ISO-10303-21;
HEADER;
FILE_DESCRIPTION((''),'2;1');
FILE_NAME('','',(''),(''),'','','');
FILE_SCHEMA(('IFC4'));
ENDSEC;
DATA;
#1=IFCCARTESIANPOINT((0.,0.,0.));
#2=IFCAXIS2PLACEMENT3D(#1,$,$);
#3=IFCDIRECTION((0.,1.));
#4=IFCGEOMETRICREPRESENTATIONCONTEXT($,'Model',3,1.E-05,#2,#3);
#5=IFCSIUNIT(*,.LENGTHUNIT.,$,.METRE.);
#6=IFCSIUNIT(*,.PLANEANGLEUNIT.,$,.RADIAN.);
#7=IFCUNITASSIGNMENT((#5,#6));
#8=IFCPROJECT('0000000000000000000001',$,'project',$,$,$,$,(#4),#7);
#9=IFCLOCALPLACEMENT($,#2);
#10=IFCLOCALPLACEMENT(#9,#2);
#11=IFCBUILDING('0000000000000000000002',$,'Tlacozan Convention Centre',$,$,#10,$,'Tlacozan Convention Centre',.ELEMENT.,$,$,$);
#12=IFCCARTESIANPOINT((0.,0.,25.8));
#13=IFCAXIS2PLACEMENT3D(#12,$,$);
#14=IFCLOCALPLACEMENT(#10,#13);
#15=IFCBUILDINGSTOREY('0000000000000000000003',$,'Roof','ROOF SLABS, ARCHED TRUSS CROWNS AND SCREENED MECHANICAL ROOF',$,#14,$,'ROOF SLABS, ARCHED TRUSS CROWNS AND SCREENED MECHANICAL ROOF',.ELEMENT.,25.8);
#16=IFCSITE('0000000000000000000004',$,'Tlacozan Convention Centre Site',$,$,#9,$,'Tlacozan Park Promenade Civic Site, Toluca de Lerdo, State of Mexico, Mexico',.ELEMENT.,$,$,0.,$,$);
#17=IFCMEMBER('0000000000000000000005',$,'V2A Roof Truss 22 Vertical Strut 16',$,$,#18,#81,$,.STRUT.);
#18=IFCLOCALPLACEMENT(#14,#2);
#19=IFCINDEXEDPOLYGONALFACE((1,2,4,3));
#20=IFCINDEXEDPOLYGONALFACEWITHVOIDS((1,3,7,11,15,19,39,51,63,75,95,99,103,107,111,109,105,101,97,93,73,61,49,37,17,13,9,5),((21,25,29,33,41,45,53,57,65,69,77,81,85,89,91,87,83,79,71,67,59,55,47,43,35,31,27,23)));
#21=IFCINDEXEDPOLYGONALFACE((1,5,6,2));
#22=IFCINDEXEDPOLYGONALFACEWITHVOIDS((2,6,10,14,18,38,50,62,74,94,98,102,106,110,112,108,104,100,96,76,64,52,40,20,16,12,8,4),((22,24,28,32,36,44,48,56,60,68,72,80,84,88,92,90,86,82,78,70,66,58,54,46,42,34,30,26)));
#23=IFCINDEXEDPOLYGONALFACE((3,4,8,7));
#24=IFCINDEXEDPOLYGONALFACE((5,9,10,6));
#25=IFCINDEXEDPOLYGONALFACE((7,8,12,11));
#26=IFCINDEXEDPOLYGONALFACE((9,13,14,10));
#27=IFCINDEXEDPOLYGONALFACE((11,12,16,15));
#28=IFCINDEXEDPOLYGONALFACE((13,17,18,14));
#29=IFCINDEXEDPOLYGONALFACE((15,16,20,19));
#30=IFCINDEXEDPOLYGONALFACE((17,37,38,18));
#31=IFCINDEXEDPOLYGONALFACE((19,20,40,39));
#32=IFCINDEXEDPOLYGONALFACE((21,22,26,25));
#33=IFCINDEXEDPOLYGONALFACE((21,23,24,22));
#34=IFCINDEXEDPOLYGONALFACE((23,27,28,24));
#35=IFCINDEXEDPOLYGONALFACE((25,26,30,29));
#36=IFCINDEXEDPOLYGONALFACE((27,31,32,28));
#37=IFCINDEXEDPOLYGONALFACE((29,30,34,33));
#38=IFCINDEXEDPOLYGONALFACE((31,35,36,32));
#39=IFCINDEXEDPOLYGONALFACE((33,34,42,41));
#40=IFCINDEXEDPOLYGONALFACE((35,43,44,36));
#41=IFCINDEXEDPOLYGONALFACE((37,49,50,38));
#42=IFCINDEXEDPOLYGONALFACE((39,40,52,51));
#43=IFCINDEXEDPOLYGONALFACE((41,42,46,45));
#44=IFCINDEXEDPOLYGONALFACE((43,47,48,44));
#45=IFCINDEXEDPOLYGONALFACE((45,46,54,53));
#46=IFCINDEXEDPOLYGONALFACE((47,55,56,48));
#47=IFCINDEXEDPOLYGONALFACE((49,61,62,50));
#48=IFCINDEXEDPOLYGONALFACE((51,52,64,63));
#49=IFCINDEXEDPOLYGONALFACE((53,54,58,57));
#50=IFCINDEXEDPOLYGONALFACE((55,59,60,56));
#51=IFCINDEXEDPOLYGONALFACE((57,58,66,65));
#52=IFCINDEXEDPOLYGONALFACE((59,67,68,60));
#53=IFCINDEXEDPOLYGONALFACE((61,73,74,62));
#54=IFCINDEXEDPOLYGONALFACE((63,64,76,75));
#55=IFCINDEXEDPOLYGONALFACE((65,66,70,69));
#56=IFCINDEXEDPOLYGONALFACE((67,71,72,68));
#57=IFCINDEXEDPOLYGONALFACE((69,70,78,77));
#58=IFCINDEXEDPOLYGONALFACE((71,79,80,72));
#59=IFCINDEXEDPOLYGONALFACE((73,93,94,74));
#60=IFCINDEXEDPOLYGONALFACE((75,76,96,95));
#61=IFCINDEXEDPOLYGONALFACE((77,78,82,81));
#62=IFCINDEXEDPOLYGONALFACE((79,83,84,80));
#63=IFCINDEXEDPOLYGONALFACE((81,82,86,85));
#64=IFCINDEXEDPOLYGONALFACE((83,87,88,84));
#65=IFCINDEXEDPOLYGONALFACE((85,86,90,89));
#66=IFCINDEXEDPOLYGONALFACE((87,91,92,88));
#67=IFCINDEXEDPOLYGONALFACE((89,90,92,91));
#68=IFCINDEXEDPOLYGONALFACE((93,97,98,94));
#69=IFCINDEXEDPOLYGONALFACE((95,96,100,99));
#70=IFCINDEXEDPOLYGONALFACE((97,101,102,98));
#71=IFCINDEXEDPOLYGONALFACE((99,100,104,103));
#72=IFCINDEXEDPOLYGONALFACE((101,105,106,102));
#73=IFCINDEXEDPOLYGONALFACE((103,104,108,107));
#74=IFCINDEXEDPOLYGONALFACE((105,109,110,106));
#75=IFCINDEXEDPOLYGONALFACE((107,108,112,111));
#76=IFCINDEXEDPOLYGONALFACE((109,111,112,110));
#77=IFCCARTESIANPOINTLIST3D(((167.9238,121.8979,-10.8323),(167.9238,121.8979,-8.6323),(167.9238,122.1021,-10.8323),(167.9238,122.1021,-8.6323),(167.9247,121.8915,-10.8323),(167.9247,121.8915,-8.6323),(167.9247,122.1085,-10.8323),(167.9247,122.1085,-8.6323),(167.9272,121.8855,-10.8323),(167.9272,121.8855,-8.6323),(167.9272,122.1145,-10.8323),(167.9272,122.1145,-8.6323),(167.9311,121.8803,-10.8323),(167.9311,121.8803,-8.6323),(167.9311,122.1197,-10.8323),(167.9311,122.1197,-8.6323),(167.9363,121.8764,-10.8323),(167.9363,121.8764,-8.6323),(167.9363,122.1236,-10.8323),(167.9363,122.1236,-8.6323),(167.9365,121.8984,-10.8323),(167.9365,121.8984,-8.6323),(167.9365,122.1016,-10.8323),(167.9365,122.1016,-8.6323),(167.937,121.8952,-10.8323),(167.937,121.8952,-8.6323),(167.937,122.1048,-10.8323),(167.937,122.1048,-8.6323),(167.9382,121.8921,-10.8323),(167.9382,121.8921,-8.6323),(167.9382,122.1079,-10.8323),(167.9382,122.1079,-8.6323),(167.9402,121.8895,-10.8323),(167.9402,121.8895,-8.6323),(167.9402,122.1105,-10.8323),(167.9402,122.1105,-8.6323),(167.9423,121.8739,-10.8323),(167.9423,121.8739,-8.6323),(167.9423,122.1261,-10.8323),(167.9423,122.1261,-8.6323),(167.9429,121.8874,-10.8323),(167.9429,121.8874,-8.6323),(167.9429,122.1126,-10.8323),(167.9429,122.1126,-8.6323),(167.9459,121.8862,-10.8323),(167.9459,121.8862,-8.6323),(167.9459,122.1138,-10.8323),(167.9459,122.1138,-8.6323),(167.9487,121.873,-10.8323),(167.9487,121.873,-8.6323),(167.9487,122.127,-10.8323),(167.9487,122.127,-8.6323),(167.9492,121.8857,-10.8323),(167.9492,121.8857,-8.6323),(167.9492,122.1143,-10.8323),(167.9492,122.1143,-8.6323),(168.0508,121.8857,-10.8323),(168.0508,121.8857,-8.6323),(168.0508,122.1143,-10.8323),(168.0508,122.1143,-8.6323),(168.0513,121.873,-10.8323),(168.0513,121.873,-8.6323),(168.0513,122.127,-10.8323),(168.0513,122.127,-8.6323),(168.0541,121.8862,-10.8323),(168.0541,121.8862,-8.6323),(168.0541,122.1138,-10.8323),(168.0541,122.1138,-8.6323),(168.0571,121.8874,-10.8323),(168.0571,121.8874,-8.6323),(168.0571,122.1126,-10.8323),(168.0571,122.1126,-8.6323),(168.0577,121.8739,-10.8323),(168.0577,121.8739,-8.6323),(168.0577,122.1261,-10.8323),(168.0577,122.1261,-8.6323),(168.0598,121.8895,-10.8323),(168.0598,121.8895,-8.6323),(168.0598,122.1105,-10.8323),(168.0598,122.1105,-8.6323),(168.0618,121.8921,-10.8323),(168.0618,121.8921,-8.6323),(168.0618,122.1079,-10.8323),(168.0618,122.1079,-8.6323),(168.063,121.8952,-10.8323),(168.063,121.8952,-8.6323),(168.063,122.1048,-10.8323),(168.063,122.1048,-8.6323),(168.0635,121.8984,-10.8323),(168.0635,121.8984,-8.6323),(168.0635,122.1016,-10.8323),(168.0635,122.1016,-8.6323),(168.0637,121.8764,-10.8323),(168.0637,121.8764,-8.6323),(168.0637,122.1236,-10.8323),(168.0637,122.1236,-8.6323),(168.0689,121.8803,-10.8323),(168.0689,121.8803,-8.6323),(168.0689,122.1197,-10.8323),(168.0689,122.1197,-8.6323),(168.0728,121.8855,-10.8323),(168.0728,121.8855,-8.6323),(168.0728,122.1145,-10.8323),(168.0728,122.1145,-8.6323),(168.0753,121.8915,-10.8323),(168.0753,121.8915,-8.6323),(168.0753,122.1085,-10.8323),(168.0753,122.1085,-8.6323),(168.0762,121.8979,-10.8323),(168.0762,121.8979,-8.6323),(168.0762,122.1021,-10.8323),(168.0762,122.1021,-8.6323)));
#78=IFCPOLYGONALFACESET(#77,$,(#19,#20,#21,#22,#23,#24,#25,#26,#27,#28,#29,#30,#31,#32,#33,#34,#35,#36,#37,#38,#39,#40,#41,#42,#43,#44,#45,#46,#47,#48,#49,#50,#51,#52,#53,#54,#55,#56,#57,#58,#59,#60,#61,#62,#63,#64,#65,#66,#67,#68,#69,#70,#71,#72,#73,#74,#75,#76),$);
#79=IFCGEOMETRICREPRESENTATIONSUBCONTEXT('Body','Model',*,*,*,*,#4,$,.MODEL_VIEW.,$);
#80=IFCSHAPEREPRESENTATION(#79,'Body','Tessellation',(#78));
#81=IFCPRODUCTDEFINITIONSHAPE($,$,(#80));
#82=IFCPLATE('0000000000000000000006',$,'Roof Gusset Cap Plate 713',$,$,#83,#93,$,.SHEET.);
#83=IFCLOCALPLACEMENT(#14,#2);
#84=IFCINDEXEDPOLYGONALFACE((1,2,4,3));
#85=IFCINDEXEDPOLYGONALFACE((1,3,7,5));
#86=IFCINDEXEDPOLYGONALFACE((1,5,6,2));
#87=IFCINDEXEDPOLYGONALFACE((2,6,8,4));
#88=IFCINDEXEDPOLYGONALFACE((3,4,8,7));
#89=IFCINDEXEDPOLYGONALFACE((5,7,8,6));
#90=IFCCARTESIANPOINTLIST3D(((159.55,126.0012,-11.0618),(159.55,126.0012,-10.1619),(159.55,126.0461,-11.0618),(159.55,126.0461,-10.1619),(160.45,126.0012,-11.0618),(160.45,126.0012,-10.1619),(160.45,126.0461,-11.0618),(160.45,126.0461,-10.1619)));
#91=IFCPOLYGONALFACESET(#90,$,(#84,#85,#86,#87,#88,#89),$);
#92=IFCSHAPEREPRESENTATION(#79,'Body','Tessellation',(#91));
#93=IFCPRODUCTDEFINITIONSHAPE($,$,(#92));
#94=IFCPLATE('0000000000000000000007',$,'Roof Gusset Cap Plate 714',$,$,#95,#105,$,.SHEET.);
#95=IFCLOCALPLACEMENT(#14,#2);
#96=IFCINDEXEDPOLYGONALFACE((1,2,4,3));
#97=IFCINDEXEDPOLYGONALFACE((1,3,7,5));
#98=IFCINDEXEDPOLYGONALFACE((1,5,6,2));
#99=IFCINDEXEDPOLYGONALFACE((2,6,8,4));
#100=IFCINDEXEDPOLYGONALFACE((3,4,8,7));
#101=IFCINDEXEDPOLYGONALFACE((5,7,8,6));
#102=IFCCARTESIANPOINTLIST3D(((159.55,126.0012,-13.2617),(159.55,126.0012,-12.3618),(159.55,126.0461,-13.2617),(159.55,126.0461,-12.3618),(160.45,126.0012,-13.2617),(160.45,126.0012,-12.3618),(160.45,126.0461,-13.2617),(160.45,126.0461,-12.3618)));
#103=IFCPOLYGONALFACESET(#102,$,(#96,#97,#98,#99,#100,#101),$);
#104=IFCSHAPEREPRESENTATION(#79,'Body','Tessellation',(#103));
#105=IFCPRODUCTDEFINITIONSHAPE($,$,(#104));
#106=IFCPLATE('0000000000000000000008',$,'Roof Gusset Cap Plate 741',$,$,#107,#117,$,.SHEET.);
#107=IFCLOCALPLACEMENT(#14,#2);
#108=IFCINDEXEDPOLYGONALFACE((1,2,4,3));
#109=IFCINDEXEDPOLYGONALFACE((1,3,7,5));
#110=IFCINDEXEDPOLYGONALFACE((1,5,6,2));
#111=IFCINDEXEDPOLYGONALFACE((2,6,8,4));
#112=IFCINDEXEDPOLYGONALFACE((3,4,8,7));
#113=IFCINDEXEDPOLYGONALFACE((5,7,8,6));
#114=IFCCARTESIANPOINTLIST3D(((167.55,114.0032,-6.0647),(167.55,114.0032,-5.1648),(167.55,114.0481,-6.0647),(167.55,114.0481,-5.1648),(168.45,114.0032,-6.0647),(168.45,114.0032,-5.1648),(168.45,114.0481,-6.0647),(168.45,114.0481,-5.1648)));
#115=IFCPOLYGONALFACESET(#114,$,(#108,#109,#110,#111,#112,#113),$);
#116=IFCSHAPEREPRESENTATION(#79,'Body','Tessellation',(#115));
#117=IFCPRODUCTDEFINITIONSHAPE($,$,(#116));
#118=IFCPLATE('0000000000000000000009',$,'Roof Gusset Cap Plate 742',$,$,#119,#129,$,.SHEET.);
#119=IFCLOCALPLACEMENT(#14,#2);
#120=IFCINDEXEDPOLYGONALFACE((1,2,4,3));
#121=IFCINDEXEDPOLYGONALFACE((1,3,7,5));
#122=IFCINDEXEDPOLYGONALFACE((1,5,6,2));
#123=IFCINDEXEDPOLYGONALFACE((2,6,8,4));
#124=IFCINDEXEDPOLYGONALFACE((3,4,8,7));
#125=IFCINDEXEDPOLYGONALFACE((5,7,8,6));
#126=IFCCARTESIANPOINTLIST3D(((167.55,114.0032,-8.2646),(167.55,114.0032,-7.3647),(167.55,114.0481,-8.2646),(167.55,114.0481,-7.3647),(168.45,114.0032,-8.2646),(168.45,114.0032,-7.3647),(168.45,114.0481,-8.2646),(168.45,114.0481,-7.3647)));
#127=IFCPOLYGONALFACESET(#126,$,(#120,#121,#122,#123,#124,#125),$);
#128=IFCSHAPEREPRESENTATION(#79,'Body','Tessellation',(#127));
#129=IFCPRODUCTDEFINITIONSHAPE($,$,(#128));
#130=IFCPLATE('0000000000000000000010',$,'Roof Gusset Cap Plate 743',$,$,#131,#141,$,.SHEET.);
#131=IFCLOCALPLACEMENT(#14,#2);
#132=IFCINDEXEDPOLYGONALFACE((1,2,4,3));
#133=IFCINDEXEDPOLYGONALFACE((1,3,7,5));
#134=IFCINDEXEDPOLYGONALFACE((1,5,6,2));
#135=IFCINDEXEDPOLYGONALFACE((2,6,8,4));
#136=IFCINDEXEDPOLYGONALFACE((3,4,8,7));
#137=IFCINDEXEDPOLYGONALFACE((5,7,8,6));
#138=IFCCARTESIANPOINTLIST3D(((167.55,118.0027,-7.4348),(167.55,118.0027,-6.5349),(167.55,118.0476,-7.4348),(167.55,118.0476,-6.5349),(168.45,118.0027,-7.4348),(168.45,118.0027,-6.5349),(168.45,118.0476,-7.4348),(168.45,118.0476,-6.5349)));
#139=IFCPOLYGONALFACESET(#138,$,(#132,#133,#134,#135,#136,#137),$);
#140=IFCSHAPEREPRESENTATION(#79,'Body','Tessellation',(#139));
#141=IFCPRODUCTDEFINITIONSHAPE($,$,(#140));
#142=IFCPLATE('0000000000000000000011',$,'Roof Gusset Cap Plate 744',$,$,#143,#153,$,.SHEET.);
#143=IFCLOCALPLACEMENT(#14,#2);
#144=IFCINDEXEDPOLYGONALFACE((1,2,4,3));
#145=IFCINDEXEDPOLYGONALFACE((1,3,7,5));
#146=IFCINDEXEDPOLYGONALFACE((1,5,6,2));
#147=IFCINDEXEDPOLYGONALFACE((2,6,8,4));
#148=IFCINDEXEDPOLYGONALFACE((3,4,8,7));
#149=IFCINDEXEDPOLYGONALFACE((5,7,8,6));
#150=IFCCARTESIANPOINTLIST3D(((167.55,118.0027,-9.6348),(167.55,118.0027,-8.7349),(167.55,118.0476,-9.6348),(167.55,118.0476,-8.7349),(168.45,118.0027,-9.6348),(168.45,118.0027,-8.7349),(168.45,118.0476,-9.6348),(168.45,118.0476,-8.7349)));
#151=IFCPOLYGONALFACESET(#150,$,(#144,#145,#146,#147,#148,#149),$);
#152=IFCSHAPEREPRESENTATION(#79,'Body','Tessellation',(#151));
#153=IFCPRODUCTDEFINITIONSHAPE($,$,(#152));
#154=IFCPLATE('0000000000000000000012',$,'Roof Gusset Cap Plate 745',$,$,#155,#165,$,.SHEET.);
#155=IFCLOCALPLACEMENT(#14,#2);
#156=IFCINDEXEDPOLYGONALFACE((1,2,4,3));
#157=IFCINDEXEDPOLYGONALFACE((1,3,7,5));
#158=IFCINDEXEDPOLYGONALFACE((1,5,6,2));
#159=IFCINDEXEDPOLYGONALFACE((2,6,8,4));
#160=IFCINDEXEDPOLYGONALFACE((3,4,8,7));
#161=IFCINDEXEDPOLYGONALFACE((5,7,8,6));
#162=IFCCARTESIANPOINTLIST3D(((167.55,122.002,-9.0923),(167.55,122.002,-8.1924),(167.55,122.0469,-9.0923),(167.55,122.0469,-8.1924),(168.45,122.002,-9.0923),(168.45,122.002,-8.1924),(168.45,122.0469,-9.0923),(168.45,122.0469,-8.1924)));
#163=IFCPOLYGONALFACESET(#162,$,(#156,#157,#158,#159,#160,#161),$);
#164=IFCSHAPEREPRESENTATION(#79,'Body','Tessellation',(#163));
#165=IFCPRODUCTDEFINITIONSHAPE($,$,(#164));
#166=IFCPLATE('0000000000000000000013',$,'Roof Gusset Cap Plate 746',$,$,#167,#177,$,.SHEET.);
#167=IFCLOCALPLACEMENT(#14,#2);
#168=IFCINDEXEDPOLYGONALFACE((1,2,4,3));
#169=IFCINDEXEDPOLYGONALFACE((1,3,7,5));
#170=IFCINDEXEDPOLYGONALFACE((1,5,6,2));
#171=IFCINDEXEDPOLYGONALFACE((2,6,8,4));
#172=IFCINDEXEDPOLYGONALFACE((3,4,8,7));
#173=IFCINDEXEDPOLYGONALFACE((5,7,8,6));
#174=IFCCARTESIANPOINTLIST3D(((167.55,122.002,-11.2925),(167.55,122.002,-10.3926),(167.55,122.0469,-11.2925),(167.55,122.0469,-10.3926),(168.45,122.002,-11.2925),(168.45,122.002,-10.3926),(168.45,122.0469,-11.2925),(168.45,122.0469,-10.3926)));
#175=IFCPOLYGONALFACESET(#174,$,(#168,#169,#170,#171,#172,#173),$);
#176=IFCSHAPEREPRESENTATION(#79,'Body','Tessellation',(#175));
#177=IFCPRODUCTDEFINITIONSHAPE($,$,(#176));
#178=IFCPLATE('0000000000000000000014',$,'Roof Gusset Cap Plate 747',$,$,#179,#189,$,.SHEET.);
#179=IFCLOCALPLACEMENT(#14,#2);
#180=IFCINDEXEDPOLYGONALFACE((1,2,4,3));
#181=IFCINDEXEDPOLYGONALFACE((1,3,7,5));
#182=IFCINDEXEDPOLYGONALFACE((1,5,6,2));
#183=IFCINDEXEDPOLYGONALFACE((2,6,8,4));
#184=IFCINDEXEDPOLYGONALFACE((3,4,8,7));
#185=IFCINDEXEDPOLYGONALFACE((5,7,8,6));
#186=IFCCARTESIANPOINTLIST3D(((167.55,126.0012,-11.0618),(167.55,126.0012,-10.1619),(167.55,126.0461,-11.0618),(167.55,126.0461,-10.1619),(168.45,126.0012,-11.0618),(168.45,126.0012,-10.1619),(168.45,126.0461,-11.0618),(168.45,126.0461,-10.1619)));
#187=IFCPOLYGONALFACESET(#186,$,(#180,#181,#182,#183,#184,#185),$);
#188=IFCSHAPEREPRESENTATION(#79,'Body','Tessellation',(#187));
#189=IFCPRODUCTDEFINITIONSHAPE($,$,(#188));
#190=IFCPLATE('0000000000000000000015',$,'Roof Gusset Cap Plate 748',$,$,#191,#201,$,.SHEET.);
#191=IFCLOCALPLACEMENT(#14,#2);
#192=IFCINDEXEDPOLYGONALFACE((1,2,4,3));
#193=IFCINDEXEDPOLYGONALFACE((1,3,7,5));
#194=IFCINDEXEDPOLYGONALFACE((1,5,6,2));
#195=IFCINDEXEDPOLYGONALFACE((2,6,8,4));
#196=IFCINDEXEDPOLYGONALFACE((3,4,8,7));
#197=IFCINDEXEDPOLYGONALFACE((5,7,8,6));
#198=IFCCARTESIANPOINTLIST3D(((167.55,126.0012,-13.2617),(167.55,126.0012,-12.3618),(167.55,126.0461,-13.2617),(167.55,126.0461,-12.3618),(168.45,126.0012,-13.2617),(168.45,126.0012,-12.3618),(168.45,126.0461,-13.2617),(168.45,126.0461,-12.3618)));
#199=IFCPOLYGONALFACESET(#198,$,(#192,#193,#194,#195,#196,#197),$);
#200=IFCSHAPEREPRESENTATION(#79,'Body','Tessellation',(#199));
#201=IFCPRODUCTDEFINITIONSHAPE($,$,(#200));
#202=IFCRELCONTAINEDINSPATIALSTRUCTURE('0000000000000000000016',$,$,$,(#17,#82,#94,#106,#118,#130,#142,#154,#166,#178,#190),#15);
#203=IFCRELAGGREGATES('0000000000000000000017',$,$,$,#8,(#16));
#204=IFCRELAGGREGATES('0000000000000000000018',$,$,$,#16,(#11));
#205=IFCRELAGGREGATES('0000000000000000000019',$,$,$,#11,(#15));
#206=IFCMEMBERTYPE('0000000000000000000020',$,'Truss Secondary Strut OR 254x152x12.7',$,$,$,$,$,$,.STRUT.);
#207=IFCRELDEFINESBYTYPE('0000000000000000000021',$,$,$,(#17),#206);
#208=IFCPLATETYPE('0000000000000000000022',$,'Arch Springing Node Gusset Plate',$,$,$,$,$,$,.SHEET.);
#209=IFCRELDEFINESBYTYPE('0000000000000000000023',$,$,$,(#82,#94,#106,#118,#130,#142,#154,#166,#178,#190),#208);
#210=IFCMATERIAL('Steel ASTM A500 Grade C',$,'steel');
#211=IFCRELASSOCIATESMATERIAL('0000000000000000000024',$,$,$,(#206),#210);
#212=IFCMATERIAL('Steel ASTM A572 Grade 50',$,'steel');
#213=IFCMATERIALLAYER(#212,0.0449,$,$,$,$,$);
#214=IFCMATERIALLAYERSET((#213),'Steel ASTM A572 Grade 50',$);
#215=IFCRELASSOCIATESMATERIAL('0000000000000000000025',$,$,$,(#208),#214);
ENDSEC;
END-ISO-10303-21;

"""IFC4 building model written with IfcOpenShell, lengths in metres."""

from ifc_helpers import new_model, si_unit, direction, frame, origin, origin_2d, place, context, subcontext, project, spatial, rectangle, hollow_rectangle, extrude, material, layer, layer_set, material_profile, profile_set, type_object, element, save


model = new_model("IFC4")

# Units and contexts
model_context = context("Model", 3, precision=1e-05, world=origin(), true_north=direction((0.0, 1.0)))
body_context = subcontext(model_context, "Body", "Model", "MODEL_VIEW")
ifc_project = project(units=[si_unit("LENGTHUNIT", "METRE"), si_unit("PLANEANGLEUNIT", "RADIAN")], contexts=[model_context])

# Site, building, storey
site_placement = place(None, origin())
site = spatial("IfcSite", under=ifc_project, at=site_placement, Name="Tlacozan Convention Centre Site", LongName="Tlacozan Park Promenade Civic Site, Toluca de Lerdo, State of Mexico, Mexico", CompositionType="ELEMENT", RefElevation=0.0)
building_placement = place(site_placement, origin())
building = spatial("IfcBuilding", under=site, at=building_placement, Name="Tlacozan Convention Centre", LongName="Tlacozan Convention Centre", CompositionType="ELEMENT")
storey_placement = place(building_placement, frame((0.0, 0.0, 25.8)))
storey = spatial("IfcBuildingStorey", under=building, at=storey_placement, Name="Roof", Description="ROOF SLABS, ARCHED TRUSS CROWNS AND SCREENED MECHANICAL ROOF", LongName="ROOF SLABS, ARCHED TRUSS CROWNS AND SCREENED MECHANICAL ROOF", CompositionType="ELEMENT", Elevation=25.8)

# Member
ifc_material_1 = material(Name="Steel ASTM A500 Grade C", Category="steel")
ifc_material_profile_1 = material_profile(ifc_material_1, hollow_rectangle(XDim=0.1523, YDim=0.2539, WallThickness=0.0127, InnerFilletRadius=0.0127, OuterFilletRadius=0.0249, at=origin_2d()), Name="OR 254x152x12.7")
ifc_profile_set_1 = profile_set([ifc_material_profile_1], Name="Steel ASTM A500 Grade C")
member_type_1 = type_object("IfcMemberType", Name="Truss Secondary Strut OR 254x152x12.7", PredefinedType="STRUT", material=ifc_profile_set_1)
member_1_placement = place(storey_placement, frame((168.0, 122.0, -10.8323), z_axis=(0.0, 0.0, 1.0), x_axis=(1.0, 0.0, 0.0)))
element("IfcMember", 1, at=member_1_placement, inside=storey, type_object=member_type_1, Name="V2A Roof Truss 22 Vertical Strut 16", PredefinedType="STRUT", context=body_context, shape_type="SweptSolid", body=[
    extrude(hollow_rectangle(XDim=0.1523, YDim=0.2539, WallThickness=0.0127, InnerFilletRadius=0.0127, OuterFilletRadius=0.0249, at=origin_2d()), origin(), (0.0, 0.0, 1.0), 2.2),
])

# Plates
ifc_material_2 = material(Name="Steel ASTM A572 Grade 50", Category="steel")
ifc_layer = layer(ifc_material_2, 0.0449)
ifc_layer_set = layer_set([ifc_layer], Name="Steel ASTM A572 Grade 50")
plate_type = type_object("IfcPlateType", Name="Arch Springing Node Gusset Plate", PredefinedType="SHEET", material=ifc_layer_set)
for number, where, z_axis, x_axis, name in (
    (2, (160.0, 126.0237, -11.0618), (0.0, 0.0, 1.0), (0.0, 1.0, 0.0), "Roof Gusset Cap Plate 713"),
    (3, (160.0, 126.0237, -13.2617), (0.0, 0.0, 1.0), (0.0, 1.0, 0.0), "Roof Gusset Cap Plate 714"),
    (4, (168.0, 114.0256, -6.0647), (0.0, 0.0, 1.0), (0.0, 1.0, 0.0), "Roof Gusset Cap Plate 741"),
    (5, (168.0, 114.0256, -8.2646), (0.0, 0.0, 1.0), (0.0, 1.0, 0.0), "Roof Gusset Cap Plate 742"),
    (6, (168.0, 118.0251, -7.4348), (0.0, 0.0, 1.0), (0.0, 1.0, 0.0), "Roof Gusset Cap Plate 743"),
    (7, (168.0, 118.0251, -9.6348), (0.0, 0.0, 1.0), (0.0, 1.0, 0.0), "Roof Gusset Cap Plate 744"),
    (8, (168.0, 122.0244, -9.0923), (0.0, 0.0, 1.0), (0.0, 1.0, 0.0), "Roof Gusset Cap Plate 745"),
    (9, (168.0, 122.0244, -11.2925), (0.0, 0.0, 1.0), (0.0, 1.0, 0.0), "Roof Gusset Cap Plate 746"),
    (10, (168.0, 126.0237, -11.0618), (0.0, 0.0, 1.0), (0.0, 1.0, 0.0), "Roof Gusset Cap Plate 747"),
    (11, (168.0, 126.0237, -13.2617), (0.0, 0.0, 1.0), (0.0, 1.0, 0.0), "Roof Gusset Cap Plate 748"),
):
    element("IfcPlate", number, at=place(storey_placement, frame(where, z_axis=z_axis, x_axis=x_axis)), inside=storey, type_object=plate_type, Name=name, PredefinedType="SHEET", context=body_context, shape_type="SweptSolid", body=[
        extrude(rectangle(XDim=0.0449, YDim=0.8999, at=origin_2d()), origin(), (0.0, 0.0, 1.0), 0.8999),
    ])

save(model, "model.ifc")
